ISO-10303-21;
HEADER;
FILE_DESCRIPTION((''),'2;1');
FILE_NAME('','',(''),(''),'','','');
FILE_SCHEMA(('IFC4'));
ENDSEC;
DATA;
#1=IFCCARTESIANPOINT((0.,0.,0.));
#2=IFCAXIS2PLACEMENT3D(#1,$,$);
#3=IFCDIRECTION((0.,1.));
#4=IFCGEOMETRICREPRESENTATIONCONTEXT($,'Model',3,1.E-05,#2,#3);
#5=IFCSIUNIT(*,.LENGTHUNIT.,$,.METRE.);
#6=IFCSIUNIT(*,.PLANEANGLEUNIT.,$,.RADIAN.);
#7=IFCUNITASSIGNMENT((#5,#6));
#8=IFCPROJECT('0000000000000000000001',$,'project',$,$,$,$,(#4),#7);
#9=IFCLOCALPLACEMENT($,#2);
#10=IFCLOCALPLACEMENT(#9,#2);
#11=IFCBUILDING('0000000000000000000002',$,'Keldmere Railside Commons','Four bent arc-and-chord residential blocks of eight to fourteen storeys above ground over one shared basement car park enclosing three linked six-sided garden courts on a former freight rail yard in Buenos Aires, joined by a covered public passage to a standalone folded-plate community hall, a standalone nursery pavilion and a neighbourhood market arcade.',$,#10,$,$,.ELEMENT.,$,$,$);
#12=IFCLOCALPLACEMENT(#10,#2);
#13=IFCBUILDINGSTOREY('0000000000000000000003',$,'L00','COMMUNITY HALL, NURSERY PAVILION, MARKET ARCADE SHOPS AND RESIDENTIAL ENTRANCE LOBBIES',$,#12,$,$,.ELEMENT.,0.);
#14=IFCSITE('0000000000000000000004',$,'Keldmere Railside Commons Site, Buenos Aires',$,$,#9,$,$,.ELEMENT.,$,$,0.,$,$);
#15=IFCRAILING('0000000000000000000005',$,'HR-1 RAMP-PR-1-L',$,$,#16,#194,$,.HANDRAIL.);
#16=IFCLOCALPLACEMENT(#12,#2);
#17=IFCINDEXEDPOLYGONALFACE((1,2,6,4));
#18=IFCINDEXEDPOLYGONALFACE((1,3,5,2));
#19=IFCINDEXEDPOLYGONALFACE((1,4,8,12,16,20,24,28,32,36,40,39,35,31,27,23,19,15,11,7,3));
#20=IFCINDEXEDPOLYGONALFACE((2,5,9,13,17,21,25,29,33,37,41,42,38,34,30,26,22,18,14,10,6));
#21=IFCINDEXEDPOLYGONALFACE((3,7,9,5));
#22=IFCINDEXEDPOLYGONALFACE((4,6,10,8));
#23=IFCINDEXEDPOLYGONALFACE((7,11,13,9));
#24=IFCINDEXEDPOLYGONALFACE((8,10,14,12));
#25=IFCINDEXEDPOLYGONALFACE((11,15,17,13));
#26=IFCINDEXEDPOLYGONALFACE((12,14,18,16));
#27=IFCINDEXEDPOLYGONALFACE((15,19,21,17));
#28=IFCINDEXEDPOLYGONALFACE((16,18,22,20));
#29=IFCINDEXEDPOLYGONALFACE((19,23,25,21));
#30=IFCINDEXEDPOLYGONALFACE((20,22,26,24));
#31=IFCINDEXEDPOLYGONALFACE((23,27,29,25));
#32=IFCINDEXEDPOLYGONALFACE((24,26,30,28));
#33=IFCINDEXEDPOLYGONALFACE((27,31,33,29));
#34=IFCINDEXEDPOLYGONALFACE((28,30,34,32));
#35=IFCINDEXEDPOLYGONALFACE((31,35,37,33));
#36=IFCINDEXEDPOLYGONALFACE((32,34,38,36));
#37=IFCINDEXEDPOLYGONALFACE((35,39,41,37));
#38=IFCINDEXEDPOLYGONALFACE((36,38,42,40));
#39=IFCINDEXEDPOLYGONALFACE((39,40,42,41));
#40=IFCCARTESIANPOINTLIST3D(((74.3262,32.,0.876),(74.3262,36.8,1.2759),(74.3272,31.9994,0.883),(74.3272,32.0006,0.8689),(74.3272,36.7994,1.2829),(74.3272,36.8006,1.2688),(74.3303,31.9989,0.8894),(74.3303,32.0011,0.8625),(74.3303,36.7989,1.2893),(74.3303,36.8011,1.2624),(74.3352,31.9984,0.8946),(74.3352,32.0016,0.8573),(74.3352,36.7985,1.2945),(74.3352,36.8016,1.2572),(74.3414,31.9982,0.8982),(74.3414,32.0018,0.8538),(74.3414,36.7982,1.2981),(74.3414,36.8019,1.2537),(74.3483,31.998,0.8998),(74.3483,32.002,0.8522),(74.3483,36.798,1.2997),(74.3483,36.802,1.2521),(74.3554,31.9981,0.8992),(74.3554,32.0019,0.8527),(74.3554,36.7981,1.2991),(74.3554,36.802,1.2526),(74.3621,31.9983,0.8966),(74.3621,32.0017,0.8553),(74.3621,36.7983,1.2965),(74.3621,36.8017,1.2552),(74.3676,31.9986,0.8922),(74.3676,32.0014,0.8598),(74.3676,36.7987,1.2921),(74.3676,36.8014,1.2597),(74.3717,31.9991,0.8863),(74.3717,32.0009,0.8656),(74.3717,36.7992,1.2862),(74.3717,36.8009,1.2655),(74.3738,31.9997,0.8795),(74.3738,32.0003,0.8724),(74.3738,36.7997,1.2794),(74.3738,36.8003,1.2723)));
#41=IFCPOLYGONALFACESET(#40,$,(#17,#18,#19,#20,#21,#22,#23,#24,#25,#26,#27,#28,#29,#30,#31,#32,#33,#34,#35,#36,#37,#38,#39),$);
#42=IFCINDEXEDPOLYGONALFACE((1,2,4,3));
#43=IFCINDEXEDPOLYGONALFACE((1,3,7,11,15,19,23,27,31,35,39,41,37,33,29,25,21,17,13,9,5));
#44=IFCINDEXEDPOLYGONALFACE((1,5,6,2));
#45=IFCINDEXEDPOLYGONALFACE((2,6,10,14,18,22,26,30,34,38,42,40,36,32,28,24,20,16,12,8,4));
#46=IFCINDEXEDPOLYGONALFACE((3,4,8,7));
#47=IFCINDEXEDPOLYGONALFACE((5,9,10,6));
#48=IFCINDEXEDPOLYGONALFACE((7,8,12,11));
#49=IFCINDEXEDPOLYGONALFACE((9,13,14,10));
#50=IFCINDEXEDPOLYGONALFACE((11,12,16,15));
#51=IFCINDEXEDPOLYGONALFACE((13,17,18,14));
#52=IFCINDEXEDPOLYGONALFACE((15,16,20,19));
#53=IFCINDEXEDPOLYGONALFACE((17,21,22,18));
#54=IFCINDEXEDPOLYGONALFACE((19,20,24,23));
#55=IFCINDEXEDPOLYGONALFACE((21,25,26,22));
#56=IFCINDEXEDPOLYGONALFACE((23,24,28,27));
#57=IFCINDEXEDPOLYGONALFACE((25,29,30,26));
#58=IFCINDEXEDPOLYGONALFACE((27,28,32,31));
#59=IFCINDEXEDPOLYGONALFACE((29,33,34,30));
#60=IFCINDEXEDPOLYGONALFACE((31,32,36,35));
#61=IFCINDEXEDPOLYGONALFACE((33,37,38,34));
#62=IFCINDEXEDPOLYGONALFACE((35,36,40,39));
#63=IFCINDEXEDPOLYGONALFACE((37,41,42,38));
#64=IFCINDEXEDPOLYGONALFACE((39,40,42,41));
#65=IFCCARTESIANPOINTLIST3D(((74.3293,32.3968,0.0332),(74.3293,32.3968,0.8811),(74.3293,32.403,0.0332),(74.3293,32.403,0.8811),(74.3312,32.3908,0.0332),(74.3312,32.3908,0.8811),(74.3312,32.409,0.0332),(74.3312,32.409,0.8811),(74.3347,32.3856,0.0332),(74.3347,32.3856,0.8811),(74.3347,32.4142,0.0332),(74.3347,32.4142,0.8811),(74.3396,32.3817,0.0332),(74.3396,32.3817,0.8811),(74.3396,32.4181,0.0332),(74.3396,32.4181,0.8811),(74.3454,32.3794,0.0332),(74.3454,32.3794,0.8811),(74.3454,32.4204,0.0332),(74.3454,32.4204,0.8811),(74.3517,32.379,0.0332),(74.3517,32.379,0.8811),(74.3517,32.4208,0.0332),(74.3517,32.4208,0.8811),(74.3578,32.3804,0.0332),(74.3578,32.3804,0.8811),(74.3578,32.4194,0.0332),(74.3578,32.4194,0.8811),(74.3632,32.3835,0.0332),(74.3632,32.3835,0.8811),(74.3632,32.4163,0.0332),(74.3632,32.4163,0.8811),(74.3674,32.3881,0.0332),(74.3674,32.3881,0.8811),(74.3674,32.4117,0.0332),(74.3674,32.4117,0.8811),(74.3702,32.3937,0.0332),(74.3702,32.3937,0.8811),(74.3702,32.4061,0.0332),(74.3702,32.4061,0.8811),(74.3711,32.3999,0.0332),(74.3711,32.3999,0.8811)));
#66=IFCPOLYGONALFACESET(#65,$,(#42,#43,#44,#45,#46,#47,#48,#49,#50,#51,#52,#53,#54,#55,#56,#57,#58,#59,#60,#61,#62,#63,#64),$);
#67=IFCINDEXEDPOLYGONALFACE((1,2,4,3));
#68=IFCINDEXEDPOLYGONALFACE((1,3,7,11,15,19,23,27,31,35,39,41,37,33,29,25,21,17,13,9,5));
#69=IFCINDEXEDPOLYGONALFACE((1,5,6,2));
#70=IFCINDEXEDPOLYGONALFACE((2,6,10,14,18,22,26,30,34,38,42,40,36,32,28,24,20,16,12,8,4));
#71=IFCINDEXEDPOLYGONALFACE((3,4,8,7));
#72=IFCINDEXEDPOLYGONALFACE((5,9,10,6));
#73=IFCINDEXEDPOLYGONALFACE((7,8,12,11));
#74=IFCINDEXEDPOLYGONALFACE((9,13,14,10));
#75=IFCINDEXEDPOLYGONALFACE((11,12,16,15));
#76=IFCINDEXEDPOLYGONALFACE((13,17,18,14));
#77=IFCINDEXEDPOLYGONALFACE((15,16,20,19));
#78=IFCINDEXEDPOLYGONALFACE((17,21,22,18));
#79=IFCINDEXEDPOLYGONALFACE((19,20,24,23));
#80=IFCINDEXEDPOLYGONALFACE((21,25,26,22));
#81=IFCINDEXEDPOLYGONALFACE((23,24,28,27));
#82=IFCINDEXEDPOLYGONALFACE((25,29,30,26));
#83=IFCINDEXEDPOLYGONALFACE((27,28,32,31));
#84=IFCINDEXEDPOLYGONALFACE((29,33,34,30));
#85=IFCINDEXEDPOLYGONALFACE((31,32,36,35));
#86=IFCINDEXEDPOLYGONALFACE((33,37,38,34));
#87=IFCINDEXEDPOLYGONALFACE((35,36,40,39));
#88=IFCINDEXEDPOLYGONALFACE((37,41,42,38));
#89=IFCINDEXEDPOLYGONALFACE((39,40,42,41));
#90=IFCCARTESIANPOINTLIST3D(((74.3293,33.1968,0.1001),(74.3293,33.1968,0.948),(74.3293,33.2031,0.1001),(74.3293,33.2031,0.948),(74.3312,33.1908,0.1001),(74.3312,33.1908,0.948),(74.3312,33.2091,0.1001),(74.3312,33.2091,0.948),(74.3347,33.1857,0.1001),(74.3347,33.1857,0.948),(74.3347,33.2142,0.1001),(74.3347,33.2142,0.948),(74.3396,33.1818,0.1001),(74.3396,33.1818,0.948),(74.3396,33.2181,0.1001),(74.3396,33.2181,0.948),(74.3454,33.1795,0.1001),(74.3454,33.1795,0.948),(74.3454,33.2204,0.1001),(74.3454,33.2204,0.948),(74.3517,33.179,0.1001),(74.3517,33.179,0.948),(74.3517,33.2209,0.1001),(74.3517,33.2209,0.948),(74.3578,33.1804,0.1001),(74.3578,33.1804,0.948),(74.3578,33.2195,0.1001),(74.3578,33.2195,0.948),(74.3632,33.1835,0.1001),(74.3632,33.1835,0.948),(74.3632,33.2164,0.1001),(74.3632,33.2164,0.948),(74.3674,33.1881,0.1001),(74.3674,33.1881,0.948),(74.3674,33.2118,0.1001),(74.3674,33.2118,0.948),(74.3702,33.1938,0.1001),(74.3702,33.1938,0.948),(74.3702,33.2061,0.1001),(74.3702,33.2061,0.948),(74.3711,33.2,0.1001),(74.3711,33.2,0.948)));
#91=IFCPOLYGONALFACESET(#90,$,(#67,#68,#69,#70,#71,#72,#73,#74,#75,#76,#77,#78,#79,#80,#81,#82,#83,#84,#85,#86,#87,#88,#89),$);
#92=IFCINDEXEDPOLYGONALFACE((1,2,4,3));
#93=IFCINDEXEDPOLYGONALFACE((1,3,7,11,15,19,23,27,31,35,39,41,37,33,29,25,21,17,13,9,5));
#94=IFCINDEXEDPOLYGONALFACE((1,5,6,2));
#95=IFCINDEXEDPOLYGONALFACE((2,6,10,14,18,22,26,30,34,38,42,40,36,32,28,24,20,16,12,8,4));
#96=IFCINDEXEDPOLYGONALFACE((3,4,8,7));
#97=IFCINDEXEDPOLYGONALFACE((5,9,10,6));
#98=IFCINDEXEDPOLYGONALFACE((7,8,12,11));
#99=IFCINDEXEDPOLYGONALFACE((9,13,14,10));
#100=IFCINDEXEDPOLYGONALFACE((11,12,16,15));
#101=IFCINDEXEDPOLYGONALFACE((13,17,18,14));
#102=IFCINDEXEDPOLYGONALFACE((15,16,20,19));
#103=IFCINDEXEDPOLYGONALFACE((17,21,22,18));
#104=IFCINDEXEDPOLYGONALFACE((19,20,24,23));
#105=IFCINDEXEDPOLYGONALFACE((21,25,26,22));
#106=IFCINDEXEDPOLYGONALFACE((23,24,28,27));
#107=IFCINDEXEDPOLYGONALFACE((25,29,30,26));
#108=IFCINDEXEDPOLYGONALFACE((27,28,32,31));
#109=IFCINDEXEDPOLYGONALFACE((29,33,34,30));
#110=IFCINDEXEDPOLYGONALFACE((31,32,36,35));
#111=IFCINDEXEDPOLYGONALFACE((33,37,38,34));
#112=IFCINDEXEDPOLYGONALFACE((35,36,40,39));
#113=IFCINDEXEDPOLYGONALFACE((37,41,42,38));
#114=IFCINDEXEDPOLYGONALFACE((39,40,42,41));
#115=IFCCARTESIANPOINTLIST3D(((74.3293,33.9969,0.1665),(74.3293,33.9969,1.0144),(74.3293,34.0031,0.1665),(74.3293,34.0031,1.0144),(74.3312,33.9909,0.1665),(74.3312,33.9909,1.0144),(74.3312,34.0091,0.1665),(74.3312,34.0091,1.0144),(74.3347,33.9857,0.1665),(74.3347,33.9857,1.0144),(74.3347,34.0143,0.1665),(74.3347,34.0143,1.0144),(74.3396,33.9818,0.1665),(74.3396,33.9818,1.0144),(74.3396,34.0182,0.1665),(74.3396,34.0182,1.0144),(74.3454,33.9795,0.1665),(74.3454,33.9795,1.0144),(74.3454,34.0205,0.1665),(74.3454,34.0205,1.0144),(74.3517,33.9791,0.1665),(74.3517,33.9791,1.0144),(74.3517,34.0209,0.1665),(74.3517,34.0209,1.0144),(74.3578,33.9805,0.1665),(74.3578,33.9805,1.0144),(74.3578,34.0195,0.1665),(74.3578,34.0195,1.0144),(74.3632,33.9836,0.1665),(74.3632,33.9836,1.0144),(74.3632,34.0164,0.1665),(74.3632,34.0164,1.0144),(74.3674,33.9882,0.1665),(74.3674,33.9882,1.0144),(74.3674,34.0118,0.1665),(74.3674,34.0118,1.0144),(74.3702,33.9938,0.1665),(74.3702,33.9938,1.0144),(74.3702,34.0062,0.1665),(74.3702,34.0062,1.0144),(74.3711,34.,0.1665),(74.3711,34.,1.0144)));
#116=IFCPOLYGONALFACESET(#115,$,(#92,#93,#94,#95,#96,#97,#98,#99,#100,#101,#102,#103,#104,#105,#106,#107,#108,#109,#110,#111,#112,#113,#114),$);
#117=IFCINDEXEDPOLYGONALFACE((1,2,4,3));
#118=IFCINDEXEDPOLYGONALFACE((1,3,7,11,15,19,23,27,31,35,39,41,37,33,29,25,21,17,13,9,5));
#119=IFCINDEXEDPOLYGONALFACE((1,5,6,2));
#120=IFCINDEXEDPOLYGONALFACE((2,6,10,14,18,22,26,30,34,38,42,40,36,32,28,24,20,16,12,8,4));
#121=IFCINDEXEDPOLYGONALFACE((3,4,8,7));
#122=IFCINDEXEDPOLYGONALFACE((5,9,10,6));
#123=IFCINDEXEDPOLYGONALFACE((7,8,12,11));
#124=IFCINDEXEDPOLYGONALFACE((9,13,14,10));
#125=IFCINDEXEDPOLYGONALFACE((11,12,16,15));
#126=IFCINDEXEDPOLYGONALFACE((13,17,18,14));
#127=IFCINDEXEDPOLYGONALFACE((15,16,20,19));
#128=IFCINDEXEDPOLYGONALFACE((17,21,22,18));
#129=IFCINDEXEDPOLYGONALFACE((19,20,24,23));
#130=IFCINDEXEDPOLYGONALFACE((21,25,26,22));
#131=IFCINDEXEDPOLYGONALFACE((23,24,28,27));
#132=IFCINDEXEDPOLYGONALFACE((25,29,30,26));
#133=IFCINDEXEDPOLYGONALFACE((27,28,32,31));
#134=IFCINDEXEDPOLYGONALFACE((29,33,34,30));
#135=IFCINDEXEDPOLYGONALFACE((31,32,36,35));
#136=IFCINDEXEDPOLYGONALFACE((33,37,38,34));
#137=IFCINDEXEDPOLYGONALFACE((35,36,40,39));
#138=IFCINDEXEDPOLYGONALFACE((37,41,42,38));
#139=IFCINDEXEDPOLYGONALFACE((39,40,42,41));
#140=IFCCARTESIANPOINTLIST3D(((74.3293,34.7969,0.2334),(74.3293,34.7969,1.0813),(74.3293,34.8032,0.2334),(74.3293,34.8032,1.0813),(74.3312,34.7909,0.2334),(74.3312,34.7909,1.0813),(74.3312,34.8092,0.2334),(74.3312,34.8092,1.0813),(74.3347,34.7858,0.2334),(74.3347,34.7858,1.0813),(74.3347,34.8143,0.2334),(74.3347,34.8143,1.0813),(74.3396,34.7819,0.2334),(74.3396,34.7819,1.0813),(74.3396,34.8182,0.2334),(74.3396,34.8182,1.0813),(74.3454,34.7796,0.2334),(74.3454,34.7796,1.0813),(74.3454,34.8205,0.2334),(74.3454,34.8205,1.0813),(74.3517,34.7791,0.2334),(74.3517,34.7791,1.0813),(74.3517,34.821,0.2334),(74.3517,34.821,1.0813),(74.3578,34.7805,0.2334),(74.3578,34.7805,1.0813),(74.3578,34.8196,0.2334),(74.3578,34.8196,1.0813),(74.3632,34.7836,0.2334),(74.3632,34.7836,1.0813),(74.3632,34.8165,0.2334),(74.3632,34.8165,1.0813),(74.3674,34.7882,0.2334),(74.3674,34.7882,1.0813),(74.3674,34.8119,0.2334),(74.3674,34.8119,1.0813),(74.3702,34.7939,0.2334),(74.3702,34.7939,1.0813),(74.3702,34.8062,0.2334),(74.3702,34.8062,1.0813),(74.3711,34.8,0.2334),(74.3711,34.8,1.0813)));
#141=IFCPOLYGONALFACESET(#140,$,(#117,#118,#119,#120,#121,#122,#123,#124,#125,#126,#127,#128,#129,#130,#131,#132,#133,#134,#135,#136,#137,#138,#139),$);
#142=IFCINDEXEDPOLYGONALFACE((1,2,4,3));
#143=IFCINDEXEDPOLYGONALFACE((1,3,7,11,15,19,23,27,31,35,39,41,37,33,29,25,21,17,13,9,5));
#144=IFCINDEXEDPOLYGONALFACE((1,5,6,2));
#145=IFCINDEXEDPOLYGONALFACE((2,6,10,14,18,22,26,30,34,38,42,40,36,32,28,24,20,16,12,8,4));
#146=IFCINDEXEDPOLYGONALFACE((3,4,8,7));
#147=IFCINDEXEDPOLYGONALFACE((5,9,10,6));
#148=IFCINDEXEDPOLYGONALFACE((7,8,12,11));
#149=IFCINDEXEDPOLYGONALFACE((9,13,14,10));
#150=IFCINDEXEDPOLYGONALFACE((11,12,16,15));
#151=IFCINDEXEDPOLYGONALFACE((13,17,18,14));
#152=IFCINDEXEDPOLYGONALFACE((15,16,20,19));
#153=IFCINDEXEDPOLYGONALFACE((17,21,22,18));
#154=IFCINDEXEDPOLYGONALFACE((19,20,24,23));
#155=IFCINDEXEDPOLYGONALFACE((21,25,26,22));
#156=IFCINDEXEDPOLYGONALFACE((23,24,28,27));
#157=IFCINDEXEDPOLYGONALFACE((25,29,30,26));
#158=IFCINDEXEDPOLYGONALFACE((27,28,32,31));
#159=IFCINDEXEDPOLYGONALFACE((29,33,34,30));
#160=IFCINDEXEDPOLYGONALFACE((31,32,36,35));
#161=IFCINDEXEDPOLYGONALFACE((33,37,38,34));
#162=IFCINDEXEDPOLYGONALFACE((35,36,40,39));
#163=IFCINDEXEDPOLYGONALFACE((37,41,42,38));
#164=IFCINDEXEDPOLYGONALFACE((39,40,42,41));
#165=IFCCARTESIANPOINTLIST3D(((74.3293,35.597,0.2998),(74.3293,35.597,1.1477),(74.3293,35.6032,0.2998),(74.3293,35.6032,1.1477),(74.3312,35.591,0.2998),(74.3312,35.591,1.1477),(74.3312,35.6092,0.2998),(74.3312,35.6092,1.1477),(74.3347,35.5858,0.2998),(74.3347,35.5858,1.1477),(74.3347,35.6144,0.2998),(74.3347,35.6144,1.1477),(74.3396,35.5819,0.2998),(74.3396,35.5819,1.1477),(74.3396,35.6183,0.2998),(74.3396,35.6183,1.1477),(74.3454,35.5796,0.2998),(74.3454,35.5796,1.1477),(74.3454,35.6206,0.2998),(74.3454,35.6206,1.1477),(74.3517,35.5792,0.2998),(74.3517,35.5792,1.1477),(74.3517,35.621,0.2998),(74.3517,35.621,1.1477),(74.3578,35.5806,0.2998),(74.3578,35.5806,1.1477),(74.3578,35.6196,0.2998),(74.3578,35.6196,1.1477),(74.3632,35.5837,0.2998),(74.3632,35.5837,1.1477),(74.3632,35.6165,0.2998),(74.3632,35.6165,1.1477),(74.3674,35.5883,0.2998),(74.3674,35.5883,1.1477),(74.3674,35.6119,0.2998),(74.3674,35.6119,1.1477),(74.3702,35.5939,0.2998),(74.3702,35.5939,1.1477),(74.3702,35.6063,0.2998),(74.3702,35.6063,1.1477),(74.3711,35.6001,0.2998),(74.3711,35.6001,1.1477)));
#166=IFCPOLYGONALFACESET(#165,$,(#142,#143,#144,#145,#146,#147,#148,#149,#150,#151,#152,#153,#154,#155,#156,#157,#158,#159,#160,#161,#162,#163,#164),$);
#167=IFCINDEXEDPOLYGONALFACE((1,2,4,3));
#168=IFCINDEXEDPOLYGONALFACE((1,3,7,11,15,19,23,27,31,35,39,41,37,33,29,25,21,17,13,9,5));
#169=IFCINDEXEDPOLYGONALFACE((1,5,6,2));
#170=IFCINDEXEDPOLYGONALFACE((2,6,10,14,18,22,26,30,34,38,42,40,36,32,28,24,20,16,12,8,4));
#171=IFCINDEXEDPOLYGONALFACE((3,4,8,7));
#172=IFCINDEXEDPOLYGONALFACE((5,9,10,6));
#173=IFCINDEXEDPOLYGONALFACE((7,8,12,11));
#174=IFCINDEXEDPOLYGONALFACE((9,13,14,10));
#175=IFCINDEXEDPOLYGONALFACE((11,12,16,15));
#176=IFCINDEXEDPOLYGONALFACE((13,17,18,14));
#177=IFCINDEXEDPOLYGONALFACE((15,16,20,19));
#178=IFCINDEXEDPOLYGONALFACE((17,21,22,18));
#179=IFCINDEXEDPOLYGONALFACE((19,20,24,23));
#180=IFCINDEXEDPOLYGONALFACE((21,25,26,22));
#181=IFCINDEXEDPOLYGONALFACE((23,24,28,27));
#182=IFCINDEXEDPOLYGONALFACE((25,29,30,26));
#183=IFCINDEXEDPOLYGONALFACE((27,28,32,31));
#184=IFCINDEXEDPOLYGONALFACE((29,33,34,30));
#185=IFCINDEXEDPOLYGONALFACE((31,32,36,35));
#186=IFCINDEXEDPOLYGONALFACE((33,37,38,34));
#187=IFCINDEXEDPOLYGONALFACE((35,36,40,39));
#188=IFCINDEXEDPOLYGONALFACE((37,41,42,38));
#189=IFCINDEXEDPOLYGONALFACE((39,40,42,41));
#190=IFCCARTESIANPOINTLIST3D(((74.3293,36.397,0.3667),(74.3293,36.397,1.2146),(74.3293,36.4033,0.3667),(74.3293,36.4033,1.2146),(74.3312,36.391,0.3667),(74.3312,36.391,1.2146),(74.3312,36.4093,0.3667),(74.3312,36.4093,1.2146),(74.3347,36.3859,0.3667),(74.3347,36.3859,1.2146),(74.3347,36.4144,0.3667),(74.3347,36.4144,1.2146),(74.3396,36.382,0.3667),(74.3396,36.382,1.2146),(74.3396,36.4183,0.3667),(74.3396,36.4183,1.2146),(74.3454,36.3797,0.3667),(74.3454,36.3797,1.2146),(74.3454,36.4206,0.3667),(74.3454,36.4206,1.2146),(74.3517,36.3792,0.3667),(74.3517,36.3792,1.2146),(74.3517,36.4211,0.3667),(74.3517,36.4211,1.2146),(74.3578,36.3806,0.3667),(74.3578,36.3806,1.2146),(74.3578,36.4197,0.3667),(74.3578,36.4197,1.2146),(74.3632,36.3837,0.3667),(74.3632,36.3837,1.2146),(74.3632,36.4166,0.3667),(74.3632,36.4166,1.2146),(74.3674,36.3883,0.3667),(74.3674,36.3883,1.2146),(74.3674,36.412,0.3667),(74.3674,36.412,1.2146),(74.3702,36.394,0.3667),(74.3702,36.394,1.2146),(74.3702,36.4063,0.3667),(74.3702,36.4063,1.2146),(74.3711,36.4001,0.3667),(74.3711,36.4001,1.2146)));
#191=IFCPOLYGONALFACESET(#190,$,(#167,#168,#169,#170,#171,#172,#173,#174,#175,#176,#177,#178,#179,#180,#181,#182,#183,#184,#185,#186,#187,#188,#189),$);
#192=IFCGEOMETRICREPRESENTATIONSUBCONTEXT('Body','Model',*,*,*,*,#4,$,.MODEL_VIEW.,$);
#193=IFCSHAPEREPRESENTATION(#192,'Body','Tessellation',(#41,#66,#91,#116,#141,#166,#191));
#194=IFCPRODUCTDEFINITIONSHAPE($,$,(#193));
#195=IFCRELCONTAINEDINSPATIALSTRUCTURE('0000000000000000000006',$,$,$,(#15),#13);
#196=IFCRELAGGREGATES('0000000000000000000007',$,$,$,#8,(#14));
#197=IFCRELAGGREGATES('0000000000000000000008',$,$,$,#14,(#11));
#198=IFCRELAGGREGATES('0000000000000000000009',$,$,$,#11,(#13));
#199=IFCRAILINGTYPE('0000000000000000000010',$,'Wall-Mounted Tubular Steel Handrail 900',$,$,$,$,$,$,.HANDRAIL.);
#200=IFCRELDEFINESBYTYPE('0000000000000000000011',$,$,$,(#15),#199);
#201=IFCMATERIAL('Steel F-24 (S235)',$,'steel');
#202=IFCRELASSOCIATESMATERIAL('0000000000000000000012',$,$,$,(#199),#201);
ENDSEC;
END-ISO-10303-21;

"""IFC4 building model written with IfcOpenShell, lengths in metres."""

from ifc_helpers import new_model, si_unit, direction, frame, origin, origin_2d, place, context, subcontext, project, spatial, circle, extrude, material, type_object, element, save


model = new_model("IFC4")

# Units and contexts
model_context = context("Model", 3, precision=1e-05, world=origin(), true_north=direction((0.0, 1.0)))
body_context = subcontext(model_context, "Body", "Model", "MODEL_VIEW")
ifc_project = project(units=[si_unit("LENGTHUNIT", "METRE"), si_unit("PLANEANGLEUNIT", "RADIAN")], contexts=[model_context])

# Site, building, storey
site_placement = place(None, origin())
site = spatial("IfcSite", under=ifc_project, at=site_placement, Name="Keldmere Railside Commons Site, Buenos Aires", CompositionType="ELEMENT", RefElevation=0.0)
building_placement = place(site_placement, origin())
building = spatial("IfcBuilding", under=site, at=building_placement, Name="Keldmere Railside Commons", Description="Four bent arc-and-chord residential blocks of eight to fourteen storeys above ground over one shared basement car park enclosing three linked six-sided garden courts on a former freight rail yard in Buenos Aires, joined by a covered public passage to a standalone folded-plate community hall, a standalone nursery pavilion and a neighbourhood market arcade.", CompositionType="ELEMENT")
storey_placement = place(building_placement, origin())
storey = spatial("IfcBuildingStorey", under=building, at=storey_placement, Name="L00", Description="COMMUNITY HALL, NURSERY PAVILION, MARKET ARCADE SHOPS AND RESIDENTIAL ENTRANCE LOBBIES", CompositionType="ELEMENT", Elevation=0.0)

# Railing
ifc_material_1 = material(Name="Steel F-24 (S235)", Category="steel")
railing_type_1 = type_object("IfcRailingType", Name="Wall-Mounted Tubular Steel Handrail 900", PredefinedType="HANDRAIL", material=ifc_material_1)
for number, where, name in (
    (1, (74.3501, 32.0, 0.0), "HR-1 RAMP-PR-1-L"),
):
    element("IfcRailing", number, at=place(storey_placement, frame(where)), inside=storey, type_object=railing_type_1, Name=name, PredefinedType="HANDRAIL", context=body_context, shape_type="SweptSolid", body=[
        extrude(circle(Radius=0.0239, at=origin_2d()), frame((0.0, 0.0, 0.876), z_axis=(0.0, 0.996548, 0.083025), x_axis=(-1.0, 0.0, 0.0)), (0.0, 0.0, 1.0), 4.8167),
        extrude(circle(Radius=0.021, at=origin_2d()), frame((0.0, 0.3999, 0.0332)), (0.0, 0.0, 1.0), 0.8479),
        extrude(circle(Radius=0.021, at=origin_2d()), frame((0.0, 1.2, 0.1001)), (0.0, 0.0, 1.0), 0.8479),
        extrude(circle(Radius=0.021, at=origin_2d()), frame((0.0, 2.0, 0.1665)), (0.0, 0.0, 1.0), 0.8479),
        extrude(circle(Radius=0.021, at=origin_2d()), frame((0.0, 2.8, 0.2334)), (0.0, 0.0, 1.0), 0.8479),
        extrude(circle(Radius=0.021, at=origin_2d()), frame((0.0, 3.6001, 0.2998)), (0.0, 0.0, 1.0), 0.8479),
        extrude(circle(Radius=0.021, at=origin_2d()), frame((0.0, 4.4001, 0.3667)), (0.0, 0.0, 1.0), 0.8479),
    ])

save(model, "model.ifc")
